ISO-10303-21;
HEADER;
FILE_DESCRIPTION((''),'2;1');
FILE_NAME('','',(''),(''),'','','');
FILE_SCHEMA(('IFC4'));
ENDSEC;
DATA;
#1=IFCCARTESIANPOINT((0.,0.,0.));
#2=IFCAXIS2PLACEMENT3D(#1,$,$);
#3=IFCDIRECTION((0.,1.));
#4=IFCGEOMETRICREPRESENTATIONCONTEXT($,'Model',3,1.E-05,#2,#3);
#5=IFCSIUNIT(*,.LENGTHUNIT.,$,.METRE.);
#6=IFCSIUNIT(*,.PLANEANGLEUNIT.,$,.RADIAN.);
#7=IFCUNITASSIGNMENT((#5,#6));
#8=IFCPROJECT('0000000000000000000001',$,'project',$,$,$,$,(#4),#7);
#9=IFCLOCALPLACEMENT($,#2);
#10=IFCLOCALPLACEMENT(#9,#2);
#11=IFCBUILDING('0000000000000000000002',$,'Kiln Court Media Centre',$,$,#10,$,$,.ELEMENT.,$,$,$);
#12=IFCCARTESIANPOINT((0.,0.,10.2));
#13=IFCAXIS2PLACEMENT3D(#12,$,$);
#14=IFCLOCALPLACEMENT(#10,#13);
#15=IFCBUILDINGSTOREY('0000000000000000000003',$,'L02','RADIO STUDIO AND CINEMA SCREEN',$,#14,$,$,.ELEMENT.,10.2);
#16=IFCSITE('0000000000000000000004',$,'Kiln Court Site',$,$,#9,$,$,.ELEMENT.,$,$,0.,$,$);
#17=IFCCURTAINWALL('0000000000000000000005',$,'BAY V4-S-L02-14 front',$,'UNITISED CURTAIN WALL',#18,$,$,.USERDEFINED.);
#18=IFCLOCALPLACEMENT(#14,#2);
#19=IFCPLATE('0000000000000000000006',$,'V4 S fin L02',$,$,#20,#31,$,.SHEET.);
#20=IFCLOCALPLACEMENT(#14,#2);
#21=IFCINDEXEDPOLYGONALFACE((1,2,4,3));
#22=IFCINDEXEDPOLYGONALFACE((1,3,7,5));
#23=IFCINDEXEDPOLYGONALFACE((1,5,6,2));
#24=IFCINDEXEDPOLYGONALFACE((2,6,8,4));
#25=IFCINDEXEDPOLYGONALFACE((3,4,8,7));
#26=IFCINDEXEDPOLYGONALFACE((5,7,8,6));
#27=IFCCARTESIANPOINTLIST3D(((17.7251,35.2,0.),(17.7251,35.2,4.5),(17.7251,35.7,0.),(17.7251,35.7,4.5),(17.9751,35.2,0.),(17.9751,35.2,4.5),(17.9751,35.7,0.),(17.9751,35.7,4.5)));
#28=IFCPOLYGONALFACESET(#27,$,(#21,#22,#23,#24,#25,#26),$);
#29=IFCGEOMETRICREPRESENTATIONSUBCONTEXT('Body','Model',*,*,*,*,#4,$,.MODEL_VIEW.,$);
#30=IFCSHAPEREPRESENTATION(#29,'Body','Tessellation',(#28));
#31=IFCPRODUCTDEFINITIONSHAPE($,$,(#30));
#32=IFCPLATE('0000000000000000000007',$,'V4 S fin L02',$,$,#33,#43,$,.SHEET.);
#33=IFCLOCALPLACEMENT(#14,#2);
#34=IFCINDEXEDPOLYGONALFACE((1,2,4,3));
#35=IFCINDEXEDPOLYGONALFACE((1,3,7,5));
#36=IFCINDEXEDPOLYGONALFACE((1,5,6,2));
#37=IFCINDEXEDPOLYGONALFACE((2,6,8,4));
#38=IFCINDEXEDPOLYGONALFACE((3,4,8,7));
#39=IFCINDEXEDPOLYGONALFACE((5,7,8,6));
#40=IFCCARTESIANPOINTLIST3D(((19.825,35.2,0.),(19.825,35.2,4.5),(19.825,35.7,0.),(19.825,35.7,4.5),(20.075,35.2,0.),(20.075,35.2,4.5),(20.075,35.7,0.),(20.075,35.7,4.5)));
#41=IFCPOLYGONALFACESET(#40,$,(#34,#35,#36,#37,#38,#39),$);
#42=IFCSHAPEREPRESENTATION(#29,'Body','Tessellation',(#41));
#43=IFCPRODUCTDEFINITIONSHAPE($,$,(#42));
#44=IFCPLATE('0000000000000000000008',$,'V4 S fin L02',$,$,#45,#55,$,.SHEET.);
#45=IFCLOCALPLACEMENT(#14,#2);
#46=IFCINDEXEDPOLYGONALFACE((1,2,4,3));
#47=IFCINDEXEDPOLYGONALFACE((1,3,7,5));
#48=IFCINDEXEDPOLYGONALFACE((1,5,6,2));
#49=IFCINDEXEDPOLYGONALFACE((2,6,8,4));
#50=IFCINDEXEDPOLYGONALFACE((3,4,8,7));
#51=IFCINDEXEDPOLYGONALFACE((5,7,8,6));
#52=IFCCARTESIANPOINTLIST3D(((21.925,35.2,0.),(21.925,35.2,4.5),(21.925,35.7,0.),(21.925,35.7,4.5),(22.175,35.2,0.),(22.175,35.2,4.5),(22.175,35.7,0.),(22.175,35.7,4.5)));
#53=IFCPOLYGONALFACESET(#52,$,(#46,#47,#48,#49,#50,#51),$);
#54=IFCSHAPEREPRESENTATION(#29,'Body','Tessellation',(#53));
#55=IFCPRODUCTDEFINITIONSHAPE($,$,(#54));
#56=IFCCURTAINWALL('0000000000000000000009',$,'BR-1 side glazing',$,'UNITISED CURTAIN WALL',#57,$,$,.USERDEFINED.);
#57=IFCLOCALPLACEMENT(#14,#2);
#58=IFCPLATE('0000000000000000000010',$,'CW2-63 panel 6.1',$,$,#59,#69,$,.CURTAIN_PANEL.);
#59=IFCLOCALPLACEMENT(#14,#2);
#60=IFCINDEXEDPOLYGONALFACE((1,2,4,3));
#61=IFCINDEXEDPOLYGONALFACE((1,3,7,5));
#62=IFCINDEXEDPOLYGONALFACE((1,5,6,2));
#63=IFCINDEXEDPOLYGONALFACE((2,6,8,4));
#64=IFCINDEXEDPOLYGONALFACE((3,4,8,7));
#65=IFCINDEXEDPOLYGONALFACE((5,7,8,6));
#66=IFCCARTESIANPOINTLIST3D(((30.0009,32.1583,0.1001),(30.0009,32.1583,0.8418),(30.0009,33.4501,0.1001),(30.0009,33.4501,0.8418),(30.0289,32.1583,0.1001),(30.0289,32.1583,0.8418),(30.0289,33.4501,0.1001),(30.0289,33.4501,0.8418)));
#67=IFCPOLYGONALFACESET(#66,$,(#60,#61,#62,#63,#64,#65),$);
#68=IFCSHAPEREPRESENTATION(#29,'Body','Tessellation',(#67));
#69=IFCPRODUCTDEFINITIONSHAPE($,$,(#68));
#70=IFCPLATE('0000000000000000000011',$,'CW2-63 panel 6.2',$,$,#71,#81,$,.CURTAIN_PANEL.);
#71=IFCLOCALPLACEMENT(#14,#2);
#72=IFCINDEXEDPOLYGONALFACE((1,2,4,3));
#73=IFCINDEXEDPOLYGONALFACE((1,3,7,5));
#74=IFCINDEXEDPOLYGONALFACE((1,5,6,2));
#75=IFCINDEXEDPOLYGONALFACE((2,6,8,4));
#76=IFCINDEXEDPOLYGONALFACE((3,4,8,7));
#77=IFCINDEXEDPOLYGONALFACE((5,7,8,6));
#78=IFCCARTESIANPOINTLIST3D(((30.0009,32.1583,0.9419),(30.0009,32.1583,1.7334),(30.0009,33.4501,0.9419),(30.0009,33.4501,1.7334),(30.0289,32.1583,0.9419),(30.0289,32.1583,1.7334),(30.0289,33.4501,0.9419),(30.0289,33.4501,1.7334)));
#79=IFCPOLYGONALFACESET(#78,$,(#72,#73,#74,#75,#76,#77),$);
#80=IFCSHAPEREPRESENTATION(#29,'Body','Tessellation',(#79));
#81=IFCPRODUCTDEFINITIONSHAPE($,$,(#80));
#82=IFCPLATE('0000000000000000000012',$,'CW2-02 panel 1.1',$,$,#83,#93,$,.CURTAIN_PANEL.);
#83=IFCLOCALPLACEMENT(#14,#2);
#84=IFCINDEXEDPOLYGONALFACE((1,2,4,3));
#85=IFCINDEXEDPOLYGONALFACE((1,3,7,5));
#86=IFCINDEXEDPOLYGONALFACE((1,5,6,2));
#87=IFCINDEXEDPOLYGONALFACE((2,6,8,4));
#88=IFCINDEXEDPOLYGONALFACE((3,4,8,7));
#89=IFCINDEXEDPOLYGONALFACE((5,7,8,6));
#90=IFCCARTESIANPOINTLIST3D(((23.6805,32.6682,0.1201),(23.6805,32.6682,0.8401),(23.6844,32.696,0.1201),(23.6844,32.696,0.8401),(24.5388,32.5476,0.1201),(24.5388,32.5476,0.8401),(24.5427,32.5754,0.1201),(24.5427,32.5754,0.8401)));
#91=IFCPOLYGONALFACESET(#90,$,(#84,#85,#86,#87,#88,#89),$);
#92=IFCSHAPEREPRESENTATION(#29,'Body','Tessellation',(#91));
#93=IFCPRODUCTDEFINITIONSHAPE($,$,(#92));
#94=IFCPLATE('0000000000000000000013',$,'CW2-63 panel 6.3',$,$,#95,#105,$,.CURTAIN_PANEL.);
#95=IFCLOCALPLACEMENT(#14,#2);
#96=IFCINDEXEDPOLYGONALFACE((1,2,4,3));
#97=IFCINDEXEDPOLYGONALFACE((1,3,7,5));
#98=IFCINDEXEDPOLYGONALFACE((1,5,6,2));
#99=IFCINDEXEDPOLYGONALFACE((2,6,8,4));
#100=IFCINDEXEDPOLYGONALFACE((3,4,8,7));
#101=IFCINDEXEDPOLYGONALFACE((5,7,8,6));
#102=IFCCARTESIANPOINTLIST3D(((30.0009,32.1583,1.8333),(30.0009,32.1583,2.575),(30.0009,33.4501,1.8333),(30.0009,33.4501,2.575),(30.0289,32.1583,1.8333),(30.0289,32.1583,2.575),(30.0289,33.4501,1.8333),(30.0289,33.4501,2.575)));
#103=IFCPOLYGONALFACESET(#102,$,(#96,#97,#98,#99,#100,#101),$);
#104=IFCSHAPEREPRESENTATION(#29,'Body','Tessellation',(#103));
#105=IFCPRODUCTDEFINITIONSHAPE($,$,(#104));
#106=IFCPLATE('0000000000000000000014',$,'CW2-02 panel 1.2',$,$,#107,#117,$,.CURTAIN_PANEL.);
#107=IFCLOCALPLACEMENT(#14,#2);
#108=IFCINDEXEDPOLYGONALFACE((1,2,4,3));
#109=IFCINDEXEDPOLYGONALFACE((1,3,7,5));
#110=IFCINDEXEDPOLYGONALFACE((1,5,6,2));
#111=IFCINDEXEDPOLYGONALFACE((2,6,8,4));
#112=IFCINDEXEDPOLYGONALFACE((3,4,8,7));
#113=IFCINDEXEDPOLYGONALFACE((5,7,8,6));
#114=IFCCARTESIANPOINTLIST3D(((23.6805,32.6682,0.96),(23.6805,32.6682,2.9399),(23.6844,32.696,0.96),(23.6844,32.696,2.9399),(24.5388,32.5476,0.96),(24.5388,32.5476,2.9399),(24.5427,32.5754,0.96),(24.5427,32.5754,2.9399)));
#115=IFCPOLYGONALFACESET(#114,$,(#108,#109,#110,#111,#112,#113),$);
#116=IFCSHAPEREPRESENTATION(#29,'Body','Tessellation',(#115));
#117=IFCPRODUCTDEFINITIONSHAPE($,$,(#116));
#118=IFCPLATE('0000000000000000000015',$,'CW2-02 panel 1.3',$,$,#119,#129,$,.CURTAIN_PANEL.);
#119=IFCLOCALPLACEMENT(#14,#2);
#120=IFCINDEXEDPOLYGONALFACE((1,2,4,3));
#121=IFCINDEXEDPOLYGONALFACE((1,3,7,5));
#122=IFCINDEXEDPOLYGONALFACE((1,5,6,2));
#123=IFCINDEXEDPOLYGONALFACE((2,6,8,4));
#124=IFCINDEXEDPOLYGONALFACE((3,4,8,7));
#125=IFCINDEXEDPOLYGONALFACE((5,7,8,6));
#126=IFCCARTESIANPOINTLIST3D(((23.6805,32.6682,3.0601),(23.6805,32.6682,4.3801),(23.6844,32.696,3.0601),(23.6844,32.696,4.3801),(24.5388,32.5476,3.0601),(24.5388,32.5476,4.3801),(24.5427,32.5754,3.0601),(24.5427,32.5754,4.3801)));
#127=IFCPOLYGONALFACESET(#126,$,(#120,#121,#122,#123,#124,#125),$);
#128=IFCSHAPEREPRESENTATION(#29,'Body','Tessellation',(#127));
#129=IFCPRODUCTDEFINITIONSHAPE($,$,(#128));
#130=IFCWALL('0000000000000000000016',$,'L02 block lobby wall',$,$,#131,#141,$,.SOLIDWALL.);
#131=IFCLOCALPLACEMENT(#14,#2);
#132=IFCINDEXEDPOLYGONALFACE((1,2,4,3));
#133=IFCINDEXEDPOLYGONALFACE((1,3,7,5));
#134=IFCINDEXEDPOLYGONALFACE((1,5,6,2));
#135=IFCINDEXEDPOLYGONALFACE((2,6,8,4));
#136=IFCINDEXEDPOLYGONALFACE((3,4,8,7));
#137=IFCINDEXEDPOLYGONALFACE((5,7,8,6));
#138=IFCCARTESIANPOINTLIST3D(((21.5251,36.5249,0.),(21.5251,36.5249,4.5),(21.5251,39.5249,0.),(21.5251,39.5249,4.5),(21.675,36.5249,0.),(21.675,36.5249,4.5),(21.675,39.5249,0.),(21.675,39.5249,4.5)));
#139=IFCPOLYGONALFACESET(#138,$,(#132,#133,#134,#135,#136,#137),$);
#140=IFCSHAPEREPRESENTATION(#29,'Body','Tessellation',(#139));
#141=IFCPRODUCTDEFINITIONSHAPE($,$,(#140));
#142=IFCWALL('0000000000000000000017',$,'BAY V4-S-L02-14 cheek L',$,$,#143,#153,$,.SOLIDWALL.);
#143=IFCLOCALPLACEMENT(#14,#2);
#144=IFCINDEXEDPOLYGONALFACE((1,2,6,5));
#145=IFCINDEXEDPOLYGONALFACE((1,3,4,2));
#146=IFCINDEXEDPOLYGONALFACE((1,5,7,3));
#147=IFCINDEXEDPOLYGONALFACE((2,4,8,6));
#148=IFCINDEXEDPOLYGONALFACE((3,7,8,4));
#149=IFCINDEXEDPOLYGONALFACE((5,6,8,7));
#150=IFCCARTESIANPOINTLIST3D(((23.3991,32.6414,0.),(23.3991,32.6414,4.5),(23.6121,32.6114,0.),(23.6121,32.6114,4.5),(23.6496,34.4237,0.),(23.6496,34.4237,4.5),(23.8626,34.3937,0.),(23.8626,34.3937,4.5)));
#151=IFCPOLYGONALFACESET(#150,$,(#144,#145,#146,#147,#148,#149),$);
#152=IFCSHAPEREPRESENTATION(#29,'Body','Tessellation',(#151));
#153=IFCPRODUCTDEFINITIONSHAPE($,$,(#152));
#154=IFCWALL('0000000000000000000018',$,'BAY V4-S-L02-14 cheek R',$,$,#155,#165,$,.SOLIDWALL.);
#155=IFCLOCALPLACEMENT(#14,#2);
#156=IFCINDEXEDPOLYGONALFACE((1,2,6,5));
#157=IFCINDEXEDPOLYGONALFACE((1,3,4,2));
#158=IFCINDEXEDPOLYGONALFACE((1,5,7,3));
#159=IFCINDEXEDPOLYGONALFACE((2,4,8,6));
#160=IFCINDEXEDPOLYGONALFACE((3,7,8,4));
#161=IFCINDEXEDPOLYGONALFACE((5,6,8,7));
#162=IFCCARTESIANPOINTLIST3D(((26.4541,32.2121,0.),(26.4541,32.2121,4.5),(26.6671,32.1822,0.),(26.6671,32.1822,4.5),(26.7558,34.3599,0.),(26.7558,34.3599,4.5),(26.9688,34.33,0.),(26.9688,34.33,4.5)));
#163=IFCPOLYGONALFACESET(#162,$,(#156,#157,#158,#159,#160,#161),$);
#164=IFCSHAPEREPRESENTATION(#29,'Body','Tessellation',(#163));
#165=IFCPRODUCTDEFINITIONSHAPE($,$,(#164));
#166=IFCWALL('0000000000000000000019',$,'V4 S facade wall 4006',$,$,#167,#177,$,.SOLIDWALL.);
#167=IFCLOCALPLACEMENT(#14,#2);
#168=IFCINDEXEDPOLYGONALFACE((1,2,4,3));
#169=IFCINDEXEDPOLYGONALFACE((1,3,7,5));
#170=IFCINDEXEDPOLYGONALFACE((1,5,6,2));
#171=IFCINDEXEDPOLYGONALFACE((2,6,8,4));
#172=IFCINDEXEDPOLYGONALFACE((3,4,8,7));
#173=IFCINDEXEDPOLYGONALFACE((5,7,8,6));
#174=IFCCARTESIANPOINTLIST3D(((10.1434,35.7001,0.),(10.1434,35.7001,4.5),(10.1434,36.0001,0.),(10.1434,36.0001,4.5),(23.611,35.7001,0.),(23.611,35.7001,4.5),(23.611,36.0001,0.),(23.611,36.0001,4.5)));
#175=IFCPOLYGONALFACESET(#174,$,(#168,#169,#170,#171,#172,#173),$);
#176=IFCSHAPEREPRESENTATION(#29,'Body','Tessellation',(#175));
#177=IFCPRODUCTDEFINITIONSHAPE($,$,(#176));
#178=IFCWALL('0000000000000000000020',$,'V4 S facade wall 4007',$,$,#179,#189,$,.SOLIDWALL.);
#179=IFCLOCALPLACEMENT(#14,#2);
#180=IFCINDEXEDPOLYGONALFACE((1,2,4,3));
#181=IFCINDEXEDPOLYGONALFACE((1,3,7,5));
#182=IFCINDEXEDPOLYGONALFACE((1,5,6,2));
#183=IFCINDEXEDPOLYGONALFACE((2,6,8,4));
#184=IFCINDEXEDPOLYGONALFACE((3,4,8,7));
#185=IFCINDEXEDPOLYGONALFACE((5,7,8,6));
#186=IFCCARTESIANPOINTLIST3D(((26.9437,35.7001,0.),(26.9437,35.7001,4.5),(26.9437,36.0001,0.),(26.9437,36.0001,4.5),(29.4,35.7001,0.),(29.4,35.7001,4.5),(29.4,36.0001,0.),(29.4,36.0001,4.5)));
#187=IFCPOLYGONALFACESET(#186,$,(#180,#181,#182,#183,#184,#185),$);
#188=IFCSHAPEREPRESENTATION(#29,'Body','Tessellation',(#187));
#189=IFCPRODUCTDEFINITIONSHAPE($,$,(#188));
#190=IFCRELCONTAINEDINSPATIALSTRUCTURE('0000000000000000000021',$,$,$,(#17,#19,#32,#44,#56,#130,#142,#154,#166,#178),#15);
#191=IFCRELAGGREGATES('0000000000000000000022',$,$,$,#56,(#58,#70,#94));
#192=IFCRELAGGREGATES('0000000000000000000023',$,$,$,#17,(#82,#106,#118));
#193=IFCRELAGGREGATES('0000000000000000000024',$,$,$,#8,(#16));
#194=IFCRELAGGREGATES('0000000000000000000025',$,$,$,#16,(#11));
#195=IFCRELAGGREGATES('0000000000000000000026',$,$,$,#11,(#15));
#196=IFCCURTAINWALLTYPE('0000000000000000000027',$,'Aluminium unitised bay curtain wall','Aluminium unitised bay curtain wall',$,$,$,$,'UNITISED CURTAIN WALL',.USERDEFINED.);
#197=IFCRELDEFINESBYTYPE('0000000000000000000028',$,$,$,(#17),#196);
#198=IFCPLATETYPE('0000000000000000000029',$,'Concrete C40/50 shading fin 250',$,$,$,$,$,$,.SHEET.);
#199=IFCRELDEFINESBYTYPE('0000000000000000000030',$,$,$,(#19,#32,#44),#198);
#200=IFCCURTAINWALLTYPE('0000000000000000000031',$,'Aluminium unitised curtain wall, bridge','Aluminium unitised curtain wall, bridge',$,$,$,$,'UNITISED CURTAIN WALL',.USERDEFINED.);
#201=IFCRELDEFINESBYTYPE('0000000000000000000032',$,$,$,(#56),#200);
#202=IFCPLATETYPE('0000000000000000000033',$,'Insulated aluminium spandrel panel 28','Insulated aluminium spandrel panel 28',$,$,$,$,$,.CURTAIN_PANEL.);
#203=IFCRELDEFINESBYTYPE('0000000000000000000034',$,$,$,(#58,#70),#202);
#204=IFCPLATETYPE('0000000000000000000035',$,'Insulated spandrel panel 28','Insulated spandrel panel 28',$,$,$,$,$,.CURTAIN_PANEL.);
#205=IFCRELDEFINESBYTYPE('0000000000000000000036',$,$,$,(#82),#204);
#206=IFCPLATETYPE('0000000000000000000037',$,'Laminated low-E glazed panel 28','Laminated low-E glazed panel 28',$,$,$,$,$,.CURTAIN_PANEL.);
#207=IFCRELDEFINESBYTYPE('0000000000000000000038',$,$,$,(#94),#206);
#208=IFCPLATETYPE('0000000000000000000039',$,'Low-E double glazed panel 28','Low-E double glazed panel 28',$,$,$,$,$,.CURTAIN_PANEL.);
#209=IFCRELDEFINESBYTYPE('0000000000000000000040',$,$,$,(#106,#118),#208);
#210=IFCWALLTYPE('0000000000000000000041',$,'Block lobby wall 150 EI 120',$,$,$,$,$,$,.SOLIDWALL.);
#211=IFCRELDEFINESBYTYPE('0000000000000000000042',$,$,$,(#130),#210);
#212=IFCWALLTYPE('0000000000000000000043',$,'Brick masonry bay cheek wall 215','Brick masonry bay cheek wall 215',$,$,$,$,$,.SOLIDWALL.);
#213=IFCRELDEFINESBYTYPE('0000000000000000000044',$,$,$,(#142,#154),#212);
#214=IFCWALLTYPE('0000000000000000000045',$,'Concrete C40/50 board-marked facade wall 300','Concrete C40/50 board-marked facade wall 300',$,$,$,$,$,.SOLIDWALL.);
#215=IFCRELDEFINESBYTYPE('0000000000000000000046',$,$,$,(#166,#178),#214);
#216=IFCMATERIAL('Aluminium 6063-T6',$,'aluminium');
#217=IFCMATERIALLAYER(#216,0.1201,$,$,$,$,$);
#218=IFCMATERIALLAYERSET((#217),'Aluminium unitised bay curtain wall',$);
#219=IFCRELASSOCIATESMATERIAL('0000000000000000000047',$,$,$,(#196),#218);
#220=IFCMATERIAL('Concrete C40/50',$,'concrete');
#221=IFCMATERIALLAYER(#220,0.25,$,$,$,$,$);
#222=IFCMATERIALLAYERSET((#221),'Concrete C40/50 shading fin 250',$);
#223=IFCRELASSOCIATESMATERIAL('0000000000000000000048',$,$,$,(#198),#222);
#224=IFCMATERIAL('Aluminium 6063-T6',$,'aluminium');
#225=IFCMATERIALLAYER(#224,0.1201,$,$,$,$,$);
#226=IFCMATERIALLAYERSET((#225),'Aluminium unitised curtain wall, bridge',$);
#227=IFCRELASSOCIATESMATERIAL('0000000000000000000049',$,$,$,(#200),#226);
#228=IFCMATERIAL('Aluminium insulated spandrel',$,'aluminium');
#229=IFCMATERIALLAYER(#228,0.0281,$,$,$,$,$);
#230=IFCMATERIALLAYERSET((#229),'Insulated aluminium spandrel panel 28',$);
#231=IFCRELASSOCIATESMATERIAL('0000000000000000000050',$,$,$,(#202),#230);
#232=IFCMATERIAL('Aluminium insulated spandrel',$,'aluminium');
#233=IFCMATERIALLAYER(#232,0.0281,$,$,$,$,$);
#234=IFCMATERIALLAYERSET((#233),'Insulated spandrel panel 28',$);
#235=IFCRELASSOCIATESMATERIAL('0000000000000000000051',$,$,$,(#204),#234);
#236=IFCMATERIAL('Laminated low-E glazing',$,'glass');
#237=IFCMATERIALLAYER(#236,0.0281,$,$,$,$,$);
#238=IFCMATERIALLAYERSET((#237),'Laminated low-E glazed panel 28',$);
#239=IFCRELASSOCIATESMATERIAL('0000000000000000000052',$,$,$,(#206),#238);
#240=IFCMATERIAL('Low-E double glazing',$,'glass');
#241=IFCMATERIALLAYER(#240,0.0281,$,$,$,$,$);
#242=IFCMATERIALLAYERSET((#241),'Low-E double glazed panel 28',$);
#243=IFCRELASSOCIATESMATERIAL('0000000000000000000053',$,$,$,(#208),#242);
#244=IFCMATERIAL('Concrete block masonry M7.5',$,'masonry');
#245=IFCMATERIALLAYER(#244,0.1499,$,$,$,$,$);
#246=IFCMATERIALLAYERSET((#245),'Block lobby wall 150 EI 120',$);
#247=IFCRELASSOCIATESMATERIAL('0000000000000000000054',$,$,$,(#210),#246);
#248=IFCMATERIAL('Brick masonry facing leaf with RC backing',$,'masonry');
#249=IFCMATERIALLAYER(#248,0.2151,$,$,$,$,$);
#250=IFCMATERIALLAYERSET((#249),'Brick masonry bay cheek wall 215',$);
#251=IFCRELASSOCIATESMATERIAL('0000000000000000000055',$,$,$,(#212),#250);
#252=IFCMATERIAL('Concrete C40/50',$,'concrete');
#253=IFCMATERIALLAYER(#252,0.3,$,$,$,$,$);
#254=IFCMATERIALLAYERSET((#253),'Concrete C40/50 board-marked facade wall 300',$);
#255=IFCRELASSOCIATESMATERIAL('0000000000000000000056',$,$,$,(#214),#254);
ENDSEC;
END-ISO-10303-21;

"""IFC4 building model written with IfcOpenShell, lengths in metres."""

from ifc_helpers import new_model, si_unit, direction, frame, frame_2d, origin, origin_2d, place, context, subcontext, project, spatial, rectangle, extrude, material, layer, layer_set, type_object, element, aggregate, save


model = new_model("IFC4")

# Units and contexts
model_context = context("Model", 3, precision=1e-05, world=origin(), true_north=direction((0.0, 1.0)))
body_context = subcontext(model_context, "Body", "Model", "MODEL_VIEW")
ifc_project = project(units=[si_unit("LENGTHUNIT", "METRE"), si_unit("PLANEANGLEUNIT", "RADIAN")], contexts=[model_context])

# Site, building, storey
site_placement = place(None, origin())
site = spatial("IfcSite", under=ifc_project, at=site_placement, Name="Kiln Court Site", CompositionType="ELEMENT", RefElevation=0.0)
building_placement = place(site_placement, origin())
building = spatial("IfcBuilding", under=site, at=building_placement, Name="Kiln Court Media Centre", CompositionType="ELEMENT")
storey_placement = place(building_placement, frame((0.0, 0.0, 10.2)))
storey = spatial("IfcBuildingStorey", under=building, at=storey_placement, Name="L02", Description="RADIO STUDIO AND CINEMA SCREEN", CompositionType="ELEMENT", Elevation=10.2)

# Curtain wall
ifc_material_1 = material(Name="Aluminium 6063-T6", Category="aluminium")
ifc_layer_1 = layer(ifc_material_1, 0.1201)
ifc_layer_set_1 = layer_set([ifc_layer_1], Name="Aluminium unitised bay curtain wall")
curtain_wall_type_1 = type_object("IfcCurtainWallType", Name="Aluminium unitised bay curtain wall", Description="Aluminium unitised bay curtain wall", ElementType="UNITISED CURTAIN WALL", PredefinedType="USERDEFINED", material=ifc_layer_set_1)
curtain_wall_1_placement = place(storey_placement, origin())
curtain_wall_1 = element("IfcCurtainWall", 1, at=curtain_wall_1_placement, inside=storey, type_object=curtain_wall_type_1, Name="BAY V4-S-L02-14 front", ObjectType="UNITISED CURTAIN WALL", PredefinedType="USERDEFINED")

# Plates
ifc_material_2 = material(Name="Concrete C40/50", Category="concrete")
ifc_layer_2 = layer(ifc_material_2, 0.25)
ifc_layer_set_2 = layer_set([ifc_layer_2], Name="Concrete C40/50 shading fin 250")
plate_type_1 = type_object("IfcPlateType", Name="Concrete C40/50 shading fin 250", PredefinedType="SHEET", material=ifc_layer_set_2)
for number, where, z_axis, x_axis, name in (
    (2, (17.8501, 35.45, 0.0), (0.0, 0.0, 1.0), (1.0, 0.0, 0.0), "V4 S fin L02"),
    (3, (19.95, 35.45, 0.0), (0.0, 0.0, 1.0), (1.0, 0.0, 0.0), "V4 S fin L02"),
    (4, (22.05, 35.45, 0.0), (0.0, 0.0, 1.0), (1.0, 0.0, 0.0), "V4 S fin L02"),
):
    element("IfcPlate", number, at=place(storey_placement, frame(where, z_axis=z_axis, x_axis=x_axis)), inside=storey, type_object=plate_type_1, Name=name, PredefinedType="SHEET", context=body_context, shape_type="SweptSolid", body=[
        extrude(rectangle(XDim=0.25, YDim=0.5, at=origin_2d()), origin(), (0.0, 0.0, 1.0), 4.5),
    ])

# Curtain wall, plates
ifc_material_3 = material(Name="Aluminium 6063-T6", Category="aluminium")
ifc_layer_3 = layer(ifc_material_3, 0.1201)
ifc_layer_set_3 = layer_set([ifc_layer_3], Name="Aluminium unitised curtain wall, bridge")
curtain_wall_type_2 = type_object("IfcCurtainWallType", Name="Aluminium unitised curtain wall, bridge", Description="Aluminium unitised curtain wall, bridge", ElementType="UNITISED CURTAIN WALL", PredefinedType="USERDEFINED", material=ifc_layer_set_3)
curtain_wall_2_placement = place(storey_placement, origin())
curtain_wall_2 = element("IfcCurtainWall", 5, at=curtain_wall_2_placement, inside=storey, type_object=curtain_wall_type_2, Name="BR-1 side glazing", ObjectType="UNITISED CURTAIN WALL", PredefinedType="USERDEFINED")
ifc_material_4 = material(Name="Aluminium insulated spandrel", Category="aluminium")
ifc_layer_4 = layer(ifc_material_4, 0.0281)
ifc_layer_set_4 = layer_set([ifc_layer_4], Name="Insulated aluminium spandrel panel 28")
plate_type_2 = type_object("IfcPlateType", Name="Insulated aluminium spandrel panel 28", Description="Insulated aluminium spandrel panel 28", PredefinedType="CURTAIN_PANEL", material=ifc_layer_set_4)
plate_1_placement = place(storey_placement, frame((30.0149, 32.8042, 0.1001), z_axis=(0.0, 0.0, 1.0), x_axis=(0.0, 1.0, 0.0)))
plate_1 = element("IfcPlate", 6, at=plate_1_placement, type_object=plate_type_2, Name="CW2-63 panel 6.1", PredefinedType="CURTAIN_PANEL", context=body_context, shape_type="SweptSolid", body=[
    extrude(rectangle(XDim=1.2917, YDim=0.0281, at=origin_2d()), origin(), (0.0, 0.0, 1.0), 0.7417),
])
plate_2_placement = place(storey_placement, frame((30.0149, 32.8042, 0.9419), z_axis=(0.0, 0.0, 1.0), x_axis=(0.0, 1.0, 0.0)))
plate_2 = element("IfcPlate", 7, at=plate_2_placement, type_object=plate_type_2, Name="CW2-63 panel 6.2", PredefinedType="CURTAIN_PANEL", context=body_context, shape_type="SweptSolid", body=[
    extrude(rectangle(XDim=1.2917, YDim=0.0281, at=origin_2d()), origin(), (0.0, 0.0, 1.0), 0.7915),
])

# Plates
ifc_material_5 = material(Name="Aluminium insulated spandrel", Category="aluminium")
ifc_layer_5 = layer(ifc_material_5, 0.0281)
ifc_layer_set_5 = layer_set([ifc_layer_5], Name="Insulated spandrel panel 28")
plate_type_3 = type_object("IfcPlateType", Name="Insulated spandrel panel 28", Description="Insulated spandrel panel 28", PredefinedType="CURTAIN_PANEL", material=ifc_layer_set_5)
plate_3_placement = place(storey_placement, frame((24.1116, 32.6218, 0.1201), z_axis=(0.0, 0.0, 1.0), x_axis=(0.99027, -0.139162, 0.0)))
plate_3 = element("IfcPlate", 8, at=plate_3_placement, type_object=plate_type_3, Name="CW2-02 panel 1.1", PredefinedType="CURTAIN_PANEL", context=body_context, shape_type="SweptSolid", body=[
    extrude(rectangle(XDim=0.8667, YDim=0.0281, at=origin_2d()), origin(), (0.0, 0.0, 1.0), 0.72),
])
ifc_material_6 = material(Name="Laminated low-E glazing", Category="glass")
ifc_layer_6 = layer(ifc_material_6, 0.0281)
ifc_layer_set_6 = layer_set([ifc_layer_6], Name="Laminated low-E glazed panel 28")
plate_type_4 = type_object("IfcPlateType", Name="Laminated low-E glazed panel 28", Description="Laminated low-E glazed panel 28", PredefinedType="CURTAIN_PANEL", material=ifc_layer_set_6)
plate_4_placement = place(storey_placement, frame((30.0149, 32.8042, 1.8333), z_axis=(0.0, 0.0, 1.0), x_axis=(0.0, 1.0, 0.0)))
plate_4 = element("IfcPlate", 9, at=plate_4_placement, type_object=plate_type_4, Name="CW2-63 panel 6.3", PredefinedType="CURTAIN_PANEL", context=body_context, shape_type="SweptSolid", body=[
    extrude(rectangle(XDim=1.2917, YDim=0.0281, at=origin_2d()), origin(), (0.0, 0.0, 1.0), 0.7417),
])
aggregate(curtain_wall_2, [plate_1, plate_2, plate_4])
ifc_material_7 = material(Name="Low-E double glazing", Category="glass")
ifc_layer_7 = layer(ifc_material_7, 0.0281)
ifc_layer_set_7 = layer_set([ifc_layer_7], Name="Low-E double glazed panel 28")
plate_type_5 = type_object("IfcPlateType", Name="Low-E double glazed panel 28", Description="Low-E double glazed panel 28", PredefinedType="CURTAIN_PANEL", material=ifc_layer_set_7)
plate_5_placement = place(storey_placement, frame((24.1116, 32.6218, 0.96), z_axis=(0.0, 0.0, 1.0), x_axis=(0.99027, -0.139162, 0.0)))
plate_5 = element("IfcPlate", 10, at=plate_5_placement, type_object=plate_type_5, Name="CW2-02 panel 1.2", PredefinedType="CURTAIN_PANEL", context=body_context, shape_type="SweptSolid", body=[
    extrude(rectangle(XDim=0.8667, YDim=0.0281, at=origin_2d()), origin(), (0.0, 0.0, 1.0), 1.98),
])
plate_6_placement = place(storey_placement, frame((24.1116, 32.6218, 3.0601), z_axis=(0.0, 0.0, 1.0), x_axis=(0.99027, -0.139162, 0.0)))
plate_6 = element("IfcPlate", 11, at=plate_6_placement, type_object=plate_type_5, Name="CW2-02 panel 1.3", PredefinedType="CURTAIN_PANEL", context=body_context, shape_type="SweptSolid", body=[
    extrude(rectangle(XDim=0.8667, YDim=0.0281, at=origin_2d()), origin(), (0.0, 0.0, 1.0), 1.3201),
])
aggregate(curtain_wall_1, [plate_3, plate_5, plate_6])

# Walls
ifc_material_8 = material(Name="Concrete block masonry M7.5", Category="masonry")
ifc_layer_8 = layer(ifc_material_8, 0.1499)
ifc_layer_set_8 = layer_set([ifc_layer_8], Name="Block lobby wall 150 EI 120")
wall_type_1 = type_object("IfcWallType", Name="Block lobby wall 150 EI 120", PredefinedType="SOLIDWALL", material=ifc_layer_set_8)
wall_1_placement = place(storey_placement, frame((21.6001, 36.5249, 0.0), z_axis=(0.0, 0.0, 1.0), x_axis=(0.0, 1.0, 0.0)))
element("IfcWall", 12, at=wall_1_placement, inside=storey, type_object=wall_type_1, Name="L02 block lobby wall", PredefinedType="SOLIDWALL", context=body_context, shape_type="SweptSolid", body=[
    extrude(rectangle(XDim=3.0, YDim=0.1499, at=frame_2d((1.5, 0.0))), origin(), (0.0, 0.0, 1.0), 4.5),
])
ifc_material_9 = material(Name="Brick masonry facing leaf with RC backing", Category="masonry")
ifc_layer_9 = layer(ifc_material_9, 0.2151)
ifc_layer_set_9 = layer_set([ifc_layer_9], Name="Brick masonry bay cheek wall 215")
wall_type_2 = type_object("IfcWallType", Name="Brick masonry bay cheek wall 215", Description="Brick masonry bay cheek wall 215", PredefinedType="SOLIDWALL", material=ifc_layer_set_9)
wall_2_placement = place(storey_placement, frame((23.7561, 34.4087, 0.0), z_axis=(0.0, 0.0, 1.0), x_axis=(-0.13918, -0.990267, 0.0)))
element("IfcWall", 13, at=wall_2_placement, inside=storey, type_object=wall_type_2, Name="BAY V4-S-L02-14 cheek L", PredefinedType="SOLIDWALL", context=body_context, shape_type="SweptSolid", body=[
    extrude(rectangle(XDim=1.7998, YDim=0.2151, at=frame_2d((0.8999, 0.0))), origin(), (0.0, 0.0, 1.0), 4.5),
])
wall_3_placement = place(storey_placement, frame((26.8623, 34.345, 0.0), z_axis=(0.0, 0.0, 1.0), x_axis=(-0.13912, -0.990275, 0.0)))
element("IfcWall", 14, at=wall_3_placement, inside=storey, type_object=wall_type_2, Name="BAY V4-S-L02-14 cheek R", PredefinedType="SOLIDWALL", context=body_context, shape_type="SweptSolid", body=[
    extrude(rectangle(XDim=2.1689, YDim=0.2151, at=frame_2d((1.0845, 0.0))), origin(), (0.0, 0.0, 1.0), 4.5),
])
ifc_material_10 = material(Name="Concrete C40/50", Category="concrete")
ifc_layer_10 = layer(ifc_material_10, 0.3)
ifc_layer_set_10 = layer_set([ifc_layer_10], Name="Concrete C40/50 board-marked facade wall 300")
wall_type_3 = type_object("IfcWallType", Name="Concrete C40/50 board-marked facade wall 300", Description="Concrete C40/50 board-marked facade wall 300", PredefinedType="SOLIDWALL", material=ifc_layer_set_10)
wall_4_placement = place(storey_placement, frame((23.6111, 35.8501, 0.0), z_axis=(0.0, 0.0, 1.0), x_axis=(-1.0, 0.0, 0.0)))
element("IfcWall", 15, at=wall_4_placement, inside=storey, type_object=wall_type_3, Name="V4 S facade wall 4006", PredefinedType="SOLIDWALL", context=body_context, shape_type="SweptSolid", body=[
    extrude(rectangle(XDim=13.4675, YDim=0.3, at=frame_2d((6.7339, 0.0))), origin(), (0.0, 0.0, 1.0), 4.5),
])
wall_5_placement = place(storey_placement, frame((29.3999, 35.8501, 0.0), z_axis=(0.0, 0.0, 1.0), x_axis=(-1.0, 0.0, 0.0)))
element("IfcWall", 16, at=wall_5_placement, inside=storey, type_object=wall_type_3, Name="V4 S facade wall 4007", PredefinedType="SOLIDWALL", context=body_context, shape_type="SweptSolid", body=[
    extrude(rectangle(XDim=2.4563, YDim=0.3, at=frame_2d((1.228, 0.0))), origin(), (0.0, 0.0, 1.0), 4.5),
])

save(model, "model.ifc")
